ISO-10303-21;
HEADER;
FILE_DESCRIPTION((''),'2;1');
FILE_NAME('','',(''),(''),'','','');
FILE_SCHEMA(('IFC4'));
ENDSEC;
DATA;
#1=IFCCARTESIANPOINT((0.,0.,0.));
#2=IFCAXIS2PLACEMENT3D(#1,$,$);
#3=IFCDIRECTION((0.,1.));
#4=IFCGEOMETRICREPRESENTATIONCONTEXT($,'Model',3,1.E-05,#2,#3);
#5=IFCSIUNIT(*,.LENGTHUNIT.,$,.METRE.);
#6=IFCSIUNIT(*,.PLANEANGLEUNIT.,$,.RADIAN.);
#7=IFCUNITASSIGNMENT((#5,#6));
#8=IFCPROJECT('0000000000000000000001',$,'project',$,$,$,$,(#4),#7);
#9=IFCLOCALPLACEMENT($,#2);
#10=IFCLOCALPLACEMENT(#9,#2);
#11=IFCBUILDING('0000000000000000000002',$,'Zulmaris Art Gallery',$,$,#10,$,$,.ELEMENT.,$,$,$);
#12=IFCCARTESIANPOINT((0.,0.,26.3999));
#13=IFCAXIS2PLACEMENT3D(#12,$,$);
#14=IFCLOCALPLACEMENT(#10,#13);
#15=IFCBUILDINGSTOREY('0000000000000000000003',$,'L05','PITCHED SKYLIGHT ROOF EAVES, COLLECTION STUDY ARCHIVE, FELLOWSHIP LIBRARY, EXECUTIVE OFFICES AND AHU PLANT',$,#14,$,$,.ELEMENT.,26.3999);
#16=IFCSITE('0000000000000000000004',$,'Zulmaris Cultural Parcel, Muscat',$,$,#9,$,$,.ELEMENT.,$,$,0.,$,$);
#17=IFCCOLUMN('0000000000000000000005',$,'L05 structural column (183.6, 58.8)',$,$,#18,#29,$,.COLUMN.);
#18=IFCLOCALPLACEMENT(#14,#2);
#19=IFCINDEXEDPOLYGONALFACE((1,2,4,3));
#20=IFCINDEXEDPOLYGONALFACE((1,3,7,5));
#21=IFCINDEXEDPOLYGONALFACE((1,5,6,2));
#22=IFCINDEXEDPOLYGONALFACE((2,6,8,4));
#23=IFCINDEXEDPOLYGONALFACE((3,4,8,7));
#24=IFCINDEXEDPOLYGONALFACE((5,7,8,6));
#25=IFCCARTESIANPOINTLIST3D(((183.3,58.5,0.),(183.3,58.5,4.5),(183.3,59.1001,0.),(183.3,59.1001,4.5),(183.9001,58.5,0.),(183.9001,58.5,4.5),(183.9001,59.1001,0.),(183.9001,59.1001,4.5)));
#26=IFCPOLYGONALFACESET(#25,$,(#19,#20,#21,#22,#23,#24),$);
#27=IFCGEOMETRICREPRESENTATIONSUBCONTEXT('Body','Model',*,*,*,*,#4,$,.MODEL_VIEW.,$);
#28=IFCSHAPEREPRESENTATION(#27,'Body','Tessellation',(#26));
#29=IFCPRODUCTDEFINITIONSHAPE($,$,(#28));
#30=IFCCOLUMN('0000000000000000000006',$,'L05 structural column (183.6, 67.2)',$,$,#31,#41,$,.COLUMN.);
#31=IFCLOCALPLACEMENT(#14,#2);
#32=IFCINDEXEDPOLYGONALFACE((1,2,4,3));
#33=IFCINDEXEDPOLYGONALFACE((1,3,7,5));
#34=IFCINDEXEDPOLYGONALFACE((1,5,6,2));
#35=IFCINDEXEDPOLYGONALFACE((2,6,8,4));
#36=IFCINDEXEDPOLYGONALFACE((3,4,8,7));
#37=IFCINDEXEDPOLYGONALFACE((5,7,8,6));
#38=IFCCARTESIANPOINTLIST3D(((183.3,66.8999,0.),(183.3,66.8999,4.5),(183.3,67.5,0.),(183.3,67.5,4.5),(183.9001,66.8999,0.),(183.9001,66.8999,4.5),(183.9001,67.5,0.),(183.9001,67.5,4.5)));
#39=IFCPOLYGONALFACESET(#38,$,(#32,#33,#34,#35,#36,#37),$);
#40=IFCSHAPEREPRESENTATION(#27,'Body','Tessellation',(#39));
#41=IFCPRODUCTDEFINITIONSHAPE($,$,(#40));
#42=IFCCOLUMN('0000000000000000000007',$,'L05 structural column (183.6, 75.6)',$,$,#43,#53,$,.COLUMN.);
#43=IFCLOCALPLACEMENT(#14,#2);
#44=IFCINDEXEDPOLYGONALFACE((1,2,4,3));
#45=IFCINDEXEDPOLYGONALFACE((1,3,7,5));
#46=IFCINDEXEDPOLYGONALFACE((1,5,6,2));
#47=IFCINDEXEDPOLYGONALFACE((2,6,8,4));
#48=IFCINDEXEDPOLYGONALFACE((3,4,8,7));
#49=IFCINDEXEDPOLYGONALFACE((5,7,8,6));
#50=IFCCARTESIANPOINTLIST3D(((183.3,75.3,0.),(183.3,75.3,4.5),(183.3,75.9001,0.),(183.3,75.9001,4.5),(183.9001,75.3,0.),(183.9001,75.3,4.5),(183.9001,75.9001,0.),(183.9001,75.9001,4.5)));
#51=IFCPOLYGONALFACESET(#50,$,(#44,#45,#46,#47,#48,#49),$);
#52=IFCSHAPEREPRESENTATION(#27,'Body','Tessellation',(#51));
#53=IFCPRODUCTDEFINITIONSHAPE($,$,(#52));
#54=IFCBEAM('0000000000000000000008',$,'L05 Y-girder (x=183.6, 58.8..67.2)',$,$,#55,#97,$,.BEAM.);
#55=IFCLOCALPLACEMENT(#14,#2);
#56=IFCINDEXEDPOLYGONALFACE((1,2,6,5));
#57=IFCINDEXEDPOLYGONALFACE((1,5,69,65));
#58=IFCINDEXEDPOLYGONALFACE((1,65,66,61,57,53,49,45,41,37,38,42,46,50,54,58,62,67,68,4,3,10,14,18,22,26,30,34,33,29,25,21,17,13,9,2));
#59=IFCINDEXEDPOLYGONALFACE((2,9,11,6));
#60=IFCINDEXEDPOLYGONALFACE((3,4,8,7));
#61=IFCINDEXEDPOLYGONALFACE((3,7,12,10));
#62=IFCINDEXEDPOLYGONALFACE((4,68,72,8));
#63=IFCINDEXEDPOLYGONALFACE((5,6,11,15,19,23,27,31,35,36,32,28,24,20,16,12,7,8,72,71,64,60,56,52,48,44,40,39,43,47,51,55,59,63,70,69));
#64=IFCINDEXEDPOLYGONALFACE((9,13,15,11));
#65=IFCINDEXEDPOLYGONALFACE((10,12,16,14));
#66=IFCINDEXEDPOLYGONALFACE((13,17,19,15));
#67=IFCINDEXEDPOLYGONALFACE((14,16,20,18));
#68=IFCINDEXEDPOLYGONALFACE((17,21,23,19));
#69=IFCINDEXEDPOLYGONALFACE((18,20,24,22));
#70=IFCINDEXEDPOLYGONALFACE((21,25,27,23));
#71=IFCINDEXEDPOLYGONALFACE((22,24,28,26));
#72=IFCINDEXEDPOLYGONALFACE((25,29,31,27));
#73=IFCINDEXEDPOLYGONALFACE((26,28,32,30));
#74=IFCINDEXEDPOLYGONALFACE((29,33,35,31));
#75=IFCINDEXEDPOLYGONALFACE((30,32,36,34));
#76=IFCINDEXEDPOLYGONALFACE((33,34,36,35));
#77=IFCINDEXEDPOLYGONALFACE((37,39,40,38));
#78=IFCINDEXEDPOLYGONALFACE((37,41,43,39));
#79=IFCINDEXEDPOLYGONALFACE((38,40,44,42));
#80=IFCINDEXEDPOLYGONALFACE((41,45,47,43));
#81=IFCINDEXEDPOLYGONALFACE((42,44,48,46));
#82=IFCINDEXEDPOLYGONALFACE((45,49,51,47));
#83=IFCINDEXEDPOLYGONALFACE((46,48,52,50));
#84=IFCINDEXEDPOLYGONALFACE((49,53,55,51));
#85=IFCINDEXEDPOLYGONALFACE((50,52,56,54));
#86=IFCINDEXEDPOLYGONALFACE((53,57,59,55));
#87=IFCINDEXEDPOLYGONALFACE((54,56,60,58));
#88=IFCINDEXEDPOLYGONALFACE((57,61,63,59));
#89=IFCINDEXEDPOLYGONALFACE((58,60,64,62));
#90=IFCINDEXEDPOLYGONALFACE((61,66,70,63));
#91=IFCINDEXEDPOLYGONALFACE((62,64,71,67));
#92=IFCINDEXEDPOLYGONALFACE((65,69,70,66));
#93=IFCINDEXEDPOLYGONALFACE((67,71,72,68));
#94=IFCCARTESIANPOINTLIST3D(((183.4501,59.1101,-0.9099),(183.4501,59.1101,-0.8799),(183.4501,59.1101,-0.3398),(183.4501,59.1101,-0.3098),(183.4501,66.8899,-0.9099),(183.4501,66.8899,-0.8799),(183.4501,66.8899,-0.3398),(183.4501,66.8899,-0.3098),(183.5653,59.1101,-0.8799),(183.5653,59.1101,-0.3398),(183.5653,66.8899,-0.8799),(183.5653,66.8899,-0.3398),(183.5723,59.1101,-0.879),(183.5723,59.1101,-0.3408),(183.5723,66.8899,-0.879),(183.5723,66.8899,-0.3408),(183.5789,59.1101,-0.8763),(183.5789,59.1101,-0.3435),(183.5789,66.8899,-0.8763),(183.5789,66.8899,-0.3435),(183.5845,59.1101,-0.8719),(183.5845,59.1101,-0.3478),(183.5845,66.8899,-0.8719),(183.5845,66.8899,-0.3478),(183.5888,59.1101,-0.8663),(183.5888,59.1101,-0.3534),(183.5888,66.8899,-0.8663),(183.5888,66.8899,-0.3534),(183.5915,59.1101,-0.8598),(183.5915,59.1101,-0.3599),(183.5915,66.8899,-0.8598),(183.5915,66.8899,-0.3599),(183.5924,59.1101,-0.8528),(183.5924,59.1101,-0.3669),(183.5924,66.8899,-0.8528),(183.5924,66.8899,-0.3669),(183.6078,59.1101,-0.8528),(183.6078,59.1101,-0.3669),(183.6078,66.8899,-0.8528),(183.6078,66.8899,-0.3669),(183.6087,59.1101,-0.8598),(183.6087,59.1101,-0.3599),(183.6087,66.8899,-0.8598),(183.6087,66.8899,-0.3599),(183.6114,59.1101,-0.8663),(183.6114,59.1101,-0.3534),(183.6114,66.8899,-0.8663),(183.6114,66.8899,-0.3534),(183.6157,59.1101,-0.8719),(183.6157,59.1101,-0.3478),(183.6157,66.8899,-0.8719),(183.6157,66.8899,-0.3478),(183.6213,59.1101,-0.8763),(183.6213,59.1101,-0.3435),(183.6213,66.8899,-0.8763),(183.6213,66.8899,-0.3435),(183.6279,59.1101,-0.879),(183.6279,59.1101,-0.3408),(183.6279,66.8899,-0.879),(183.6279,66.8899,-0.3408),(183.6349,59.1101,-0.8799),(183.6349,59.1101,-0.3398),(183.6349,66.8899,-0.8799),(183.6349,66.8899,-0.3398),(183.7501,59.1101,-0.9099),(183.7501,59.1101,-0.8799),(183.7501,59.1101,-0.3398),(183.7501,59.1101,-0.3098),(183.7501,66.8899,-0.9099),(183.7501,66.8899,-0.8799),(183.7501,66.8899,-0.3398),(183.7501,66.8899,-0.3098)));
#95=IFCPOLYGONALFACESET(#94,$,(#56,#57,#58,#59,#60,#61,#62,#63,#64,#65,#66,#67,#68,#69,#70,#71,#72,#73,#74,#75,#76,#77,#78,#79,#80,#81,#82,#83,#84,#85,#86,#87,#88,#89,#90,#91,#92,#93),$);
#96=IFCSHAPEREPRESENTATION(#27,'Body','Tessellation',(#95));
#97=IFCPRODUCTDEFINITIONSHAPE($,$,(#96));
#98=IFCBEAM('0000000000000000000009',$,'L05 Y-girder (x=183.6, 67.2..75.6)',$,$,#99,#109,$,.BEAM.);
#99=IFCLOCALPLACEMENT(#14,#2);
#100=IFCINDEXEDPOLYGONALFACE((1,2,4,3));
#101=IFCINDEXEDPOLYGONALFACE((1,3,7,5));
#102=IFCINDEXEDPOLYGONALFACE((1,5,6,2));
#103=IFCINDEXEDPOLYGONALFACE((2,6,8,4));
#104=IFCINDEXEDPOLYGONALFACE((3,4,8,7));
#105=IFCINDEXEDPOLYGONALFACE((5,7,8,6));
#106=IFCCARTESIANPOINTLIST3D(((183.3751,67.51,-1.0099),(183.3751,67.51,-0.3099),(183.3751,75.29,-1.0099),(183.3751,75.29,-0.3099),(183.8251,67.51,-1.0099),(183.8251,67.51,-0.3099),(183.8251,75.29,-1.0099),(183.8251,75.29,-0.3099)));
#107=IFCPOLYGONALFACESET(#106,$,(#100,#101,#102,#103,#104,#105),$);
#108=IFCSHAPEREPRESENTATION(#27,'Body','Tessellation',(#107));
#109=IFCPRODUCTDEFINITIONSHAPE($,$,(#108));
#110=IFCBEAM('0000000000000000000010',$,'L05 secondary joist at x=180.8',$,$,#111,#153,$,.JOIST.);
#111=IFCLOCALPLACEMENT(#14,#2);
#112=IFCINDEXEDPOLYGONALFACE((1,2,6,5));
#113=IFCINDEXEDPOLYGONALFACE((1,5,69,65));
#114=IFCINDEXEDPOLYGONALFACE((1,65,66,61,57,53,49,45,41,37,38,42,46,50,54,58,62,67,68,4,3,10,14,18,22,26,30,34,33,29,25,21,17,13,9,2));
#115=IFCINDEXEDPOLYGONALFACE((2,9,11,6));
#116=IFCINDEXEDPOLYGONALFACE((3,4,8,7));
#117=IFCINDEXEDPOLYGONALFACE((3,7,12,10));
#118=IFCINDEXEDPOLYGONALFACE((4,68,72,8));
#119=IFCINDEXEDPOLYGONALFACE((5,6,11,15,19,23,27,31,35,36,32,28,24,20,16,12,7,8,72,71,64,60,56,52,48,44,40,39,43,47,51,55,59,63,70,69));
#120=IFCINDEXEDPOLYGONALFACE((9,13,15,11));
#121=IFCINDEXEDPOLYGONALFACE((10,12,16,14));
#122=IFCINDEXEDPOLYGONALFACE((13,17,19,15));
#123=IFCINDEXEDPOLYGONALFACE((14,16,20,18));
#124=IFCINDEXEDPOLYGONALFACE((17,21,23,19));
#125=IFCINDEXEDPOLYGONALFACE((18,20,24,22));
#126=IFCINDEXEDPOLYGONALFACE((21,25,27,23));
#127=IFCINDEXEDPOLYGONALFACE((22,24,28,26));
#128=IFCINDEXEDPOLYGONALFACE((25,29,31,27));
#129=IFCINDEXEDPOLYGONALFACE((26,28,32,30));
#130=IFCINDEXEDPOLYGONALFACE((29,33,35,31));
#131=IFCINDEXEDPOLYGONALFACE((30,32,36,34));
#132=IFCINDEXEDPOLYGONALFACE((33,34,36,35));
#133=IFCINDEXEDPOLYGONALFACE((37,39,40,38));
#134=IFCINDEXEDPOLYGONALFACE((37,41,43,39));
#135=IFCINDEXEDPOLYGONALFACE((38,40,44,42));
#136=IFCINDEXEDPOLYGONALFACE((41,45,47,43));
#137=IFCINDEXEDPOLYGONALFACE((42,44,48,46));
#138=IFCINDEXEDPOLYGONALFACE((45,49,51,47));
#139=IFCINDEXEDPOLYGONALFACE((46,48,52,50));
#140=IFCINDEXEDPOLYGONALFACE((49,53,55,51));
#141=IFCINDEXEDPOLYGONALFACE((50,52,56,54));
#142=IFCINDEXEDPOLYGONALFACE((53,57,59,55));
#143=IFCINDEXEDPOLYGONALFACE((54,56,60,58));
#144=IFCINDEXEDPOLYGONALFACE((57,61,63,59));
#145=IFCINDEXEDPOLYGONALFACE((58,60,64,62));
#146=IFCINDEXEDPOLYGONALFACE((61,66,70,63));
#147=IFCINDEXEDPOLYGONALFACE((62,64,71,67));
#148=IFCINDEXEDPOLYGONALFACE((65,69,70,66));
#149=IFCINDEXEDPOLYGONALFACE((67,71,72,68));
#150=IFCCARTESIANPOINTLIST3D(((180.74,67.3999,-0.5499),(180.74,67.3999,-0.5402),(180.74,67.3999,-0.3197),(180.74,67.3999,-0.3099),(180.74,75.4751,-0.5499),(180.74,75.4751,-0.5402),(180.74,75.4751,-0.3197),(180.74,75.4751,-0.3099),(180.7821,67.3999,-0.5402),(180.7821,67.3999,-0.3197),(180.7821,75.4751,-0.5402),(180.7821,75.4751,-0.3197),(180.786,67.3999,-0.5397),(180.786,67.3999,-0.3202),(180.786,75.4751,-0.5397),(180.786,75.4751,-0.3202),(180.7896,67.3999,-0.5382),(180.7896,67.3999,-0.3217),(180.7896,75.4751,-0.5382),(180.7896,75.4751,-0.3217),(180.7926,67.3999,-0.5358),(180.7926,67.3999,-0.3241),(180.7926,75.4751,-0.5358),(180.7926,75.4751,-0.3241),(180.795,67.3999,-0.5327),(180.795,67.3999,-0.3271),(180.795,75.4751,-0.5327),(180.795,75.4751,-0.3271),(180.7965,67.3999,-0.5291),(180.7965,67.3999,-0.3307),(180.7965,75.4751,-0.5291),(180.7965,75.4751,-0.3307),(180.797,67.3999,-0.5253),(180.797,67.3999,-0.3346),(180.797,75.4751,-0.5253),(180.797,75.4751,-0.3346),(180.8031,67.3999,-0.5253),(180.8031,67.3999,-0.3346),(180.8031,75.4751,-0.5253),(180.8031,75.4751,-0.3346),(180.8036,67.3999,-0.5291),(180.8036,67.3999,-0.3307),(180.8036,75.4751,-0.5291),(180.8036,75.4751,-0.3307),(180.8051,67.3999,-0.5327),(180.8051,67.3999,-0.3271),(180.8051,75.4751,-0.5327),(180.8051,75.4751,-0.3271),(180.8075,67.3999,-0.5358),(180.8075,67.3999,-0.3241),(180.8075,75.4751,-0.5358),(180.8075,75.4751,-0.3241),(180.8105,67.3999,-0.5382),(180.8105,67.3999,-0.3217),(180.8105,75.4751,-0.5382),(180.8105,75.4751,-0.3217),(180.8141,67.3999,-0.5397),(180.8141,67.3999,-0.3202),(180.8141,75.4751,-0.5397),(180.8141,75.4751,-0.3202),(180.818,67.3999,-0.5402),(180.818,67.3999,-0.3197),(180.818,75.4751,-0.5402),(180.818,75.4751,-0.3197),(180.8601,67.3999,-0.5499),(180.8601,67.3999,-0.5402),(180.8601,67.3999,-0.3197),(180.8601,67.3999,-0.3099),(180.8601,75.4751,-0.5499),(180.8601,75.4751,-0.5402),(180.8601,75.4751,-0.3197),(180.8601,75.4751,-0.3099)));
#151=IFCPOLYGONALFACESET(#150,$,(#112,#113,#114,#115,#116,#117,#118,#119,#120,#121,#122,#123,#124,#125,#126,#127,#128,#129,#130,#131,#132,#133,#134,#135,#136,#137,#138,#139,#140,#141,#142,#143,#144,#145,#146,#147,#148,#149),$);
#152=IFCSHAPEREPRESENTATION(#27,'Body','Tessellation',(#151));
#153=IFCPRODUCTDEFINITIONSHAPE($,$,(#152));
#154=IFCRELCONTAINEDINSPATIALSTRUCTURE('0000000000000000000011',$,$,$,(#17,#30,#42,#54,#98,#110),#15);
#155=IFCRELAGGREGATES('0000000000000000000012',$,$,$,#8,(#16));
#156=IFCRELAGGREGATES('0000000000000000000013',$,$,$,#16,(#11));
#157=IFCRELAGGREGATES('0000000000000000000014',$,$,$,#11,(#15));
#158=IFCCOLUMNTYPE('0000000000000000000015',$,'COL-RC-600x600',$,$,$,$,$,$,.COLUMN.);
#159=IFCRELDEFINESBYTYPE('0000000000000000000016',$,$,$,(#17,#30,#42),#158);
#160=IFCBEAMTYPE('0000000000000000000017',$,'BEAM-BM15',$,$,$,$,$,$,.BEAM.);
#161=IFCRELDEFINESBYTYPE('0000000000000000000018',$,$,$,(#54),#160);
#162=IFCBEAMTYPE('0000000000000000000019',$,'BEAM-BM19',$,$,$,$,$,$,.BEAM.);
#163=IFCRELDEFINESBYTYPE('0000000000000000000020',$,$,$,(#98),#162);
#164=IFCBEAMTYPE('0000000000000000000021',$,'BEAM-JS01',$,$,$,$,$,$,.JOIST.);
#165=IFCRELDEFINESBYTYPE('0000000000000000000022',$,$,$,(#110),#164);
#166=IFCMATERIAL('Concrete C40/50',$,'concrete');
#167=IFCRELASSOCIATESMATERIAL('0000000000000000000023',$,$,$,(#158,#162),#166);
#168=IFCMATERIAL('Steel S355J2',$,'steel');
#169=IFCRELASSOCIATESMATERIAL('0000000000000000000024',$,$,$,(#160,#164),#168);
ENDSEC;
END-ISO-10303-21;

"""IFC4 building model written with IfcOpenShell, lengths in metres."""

from ifc_helpers import new_model, si_unit, direction, frame, origin, origin_2d, place, context, subcontext, project, spatial, rectangle, i_section, extrude, material, material_profile, profile_set, type_object, element, save


model = new_model("IFC4")

# Units and contexts
model_context = context("Model", 3, precision=1e-05, world=origin(), true_north=direction((0.0, 1.0)))
body_context = subcontext(model_context, "Body", "Model", "MODEL_VIEW")
ifc_project = project(units=[si_unit("LENGTHUNIT", "METRE"), si_unit("PLANEANGLEUNIT", "RADIAN")], contexts=[model_context])

# Site, building, storey
site_placement = place(None, origin())
site = spatial("IfcSite", under=ifc_project, at=site_placement, Name="Zulmaris Cultural Parcel, Muscat", CompositionType="ELEMENT", RefElevation=0.0)
building_placement = place(site_placement, origin())
building = spatial("IfcBuilding", under=site, at=building_placement, Name="Zulmaris Art Gallery", CompositionType="ELEMENT")
storey_placement = place(building_placement, frame((0.0, 0.0, 26.3999)))
storey = spatial("IfcBuildingStorey", under=building, at=storey_placement, Name="L05", Description="PITCHED SKYLIGHT ROOF EAVES, COLLECTION STUDY ARCHIVE, FELLOWSHIP LIBRARY, EXECUTIVE OFFICES AND AHU PLANT", CompositionType="ELEMENT", Elevation=26.3999)

# Columns
ifc_material_1 = material(Name="Concrete C40/50", Category="concrete")
ifc_material_profile_1 = material_profile(ifc_material_1, rectangle(XDim=0.6001, YDim=0.6001, at=origin_2d()), Name="RC 600x600")
ifc_profile_set_1 = profile_set([ifc_material_profile_1], Name="Concrete C40/50")
column_type = type_object("IfcColumnType", Name="COL-RC-600x600", PredefinedType="COLUMN", material=ifc_profile_set_1)
for number, where, z_axis, x_axis, name in (
    (1, (183.6001, 58.8, 0.0), (0.0, 0.0, 1.0), (1.0, 0.0, 0.0), "L05 structural column (183.6, 58.8)"),
    (2, (183.6001, 67.2, 0.0), (0.0, 0.0, 1.0), (1.0, 0.0, 0.0), "L05 structural column (183.6, 67.2)"),
    (3, (183.6001, 75.6001, 0.0), (0.0, 0.0, 1.0), (1.0, 0.0, 0.0), "L05 structural column (183.6, 75.6)"),
):
    element("IfcColumn", number, at=place(storey_placement, frame(where, z_axis=z_axis, x_axis=x_axis)), inside=storey, type_object=column_type, Name=name, PredefinedType="COLUMN", context=body_context, shape_type="SweptSolid", body=[
        extrude(rectangle(XDim=0.6001, YDim=0.6001, at=origin_2d()), origin(), (0.0, 0.0, 1.0), 4.5),
    ])

# Beams
ifc_material_2 = material(Name="Steel S355J2", Category="steel")
ifc_material_profile_2 = material_profile(ifc_material_2, i_section(OverallWidth=0.3, OverallDepth=0.6001, WebThickness=0.0154, FlangeThickness=0.03, FilletRadius=0.0271, at=origin_2d()), Name="HEB 600")
ifc_profile_set_2 = profile_set([ifc_material_profile_2], Name="Steel S355J2")
beam_type_1 = type_object("IfcBeamType", Name="BEAM-BM15", PredefinedType="BEAM", material=ifc_profile_set_2)
beam_1_placement = place(storey_placement, frame((183.6001, 59.1101, -0.6099), z_axis=(0.0, 1.0, 0.0), x_axis=(-1.0, 0.0, 0.0)))
element("IfcBeam", 4, at=beam_1_placement, inside=storey, type_object=beam_type_1, Name="L05 Y-girder (x=183.6, 58.8..67.2)", PredefinedType="BEAM", context=body_context, shape_type="SweptSolid", body=[
    extrude(i_section(OverallWidth=0.3, OverallDepth=0.6001, WebThickness=0.0154, FlangeThickness=0.03, FilletRadius=0.0271, at=origin_2d()), origin(), (0.0, 0.0, 1.0), 7.7798),
])
ifc_material_profile_3 = material_profile(ifc_material_1, rectangle(XDim=0.45, YDim=0.7, at=origin_2d()), Name="RC 450x700")
ifc_profile_set_3 = profile_set([ifc_material_profile_3], Name="Concrete C40/50")
beam_type_2 = type_object("IfcBeamType", Name="BEAM-BM19", PredefinedType="BEAM", material=ifc_profile_set_3)
beam_2_placement = place(storey_placement, frame((183.6001, 67.51, -0.6599), z_axis=(0.0, 1.0, 0.0), x_axis=(-1.0, 0.0, 0.0)))
element("IfcBeam", 5, at=beam_2_placement, inside=storey, type_object=beam_type_2, Name="L05 Y-girder (x=183.6, 67.2..75.6)", PredefinedType="BEAM", context=body_context, shape_type="SweptSolid", body=[
    extrude(rectangle(XDim=0.45, YDim=0.7, at=origin_2d()), origin(), (0.0, 0.0, 1.0), 7.78),
])
ifc_material_profile_4 = material_profile(ifc_material_2, i_section(OverallWidth=0.1201, OverallDepth=0.24, WebThickness=0.0061, FlangeThickness=0.0098, FilletRadius=0.0149, at=origin_2d()), Name="IPE 240")
ifc_profile_set_4 = profile_set([ifc_material_profile_4], Name="Steel S355J2")
beam_type_3 = type_object("IfcBeamType", Name="BEAM-JS01", PredefinedType="JOIST", material=ifc_profile_set_4)
beam_3_placement = place(storey_placement, frame((180.8, 67.3999, -0.4299), z_axis=(0.0, 1.0, 0.0), x_axis=(-1.0, 0.0, 0.0)))
element("IfcBeam", 6, at=beam_3_placement, inside=storey, type_object=beam_type_3, Name="L05 secondary joist at x=180.8", PredefinedType="JOIST", context=body_context, shape_type="SweptSolid", body=[
    extrude(i_section(OverallWidth=0.1201, OverallDepth=0.24, WebThickness=0.0061, FlangeThickness=0.0098, FilletRadius=0.0149, at=origin_2d()), origin(), (0.0, 0.0, 1.0), 8.0752),
])

save(model, "model.ifc")
